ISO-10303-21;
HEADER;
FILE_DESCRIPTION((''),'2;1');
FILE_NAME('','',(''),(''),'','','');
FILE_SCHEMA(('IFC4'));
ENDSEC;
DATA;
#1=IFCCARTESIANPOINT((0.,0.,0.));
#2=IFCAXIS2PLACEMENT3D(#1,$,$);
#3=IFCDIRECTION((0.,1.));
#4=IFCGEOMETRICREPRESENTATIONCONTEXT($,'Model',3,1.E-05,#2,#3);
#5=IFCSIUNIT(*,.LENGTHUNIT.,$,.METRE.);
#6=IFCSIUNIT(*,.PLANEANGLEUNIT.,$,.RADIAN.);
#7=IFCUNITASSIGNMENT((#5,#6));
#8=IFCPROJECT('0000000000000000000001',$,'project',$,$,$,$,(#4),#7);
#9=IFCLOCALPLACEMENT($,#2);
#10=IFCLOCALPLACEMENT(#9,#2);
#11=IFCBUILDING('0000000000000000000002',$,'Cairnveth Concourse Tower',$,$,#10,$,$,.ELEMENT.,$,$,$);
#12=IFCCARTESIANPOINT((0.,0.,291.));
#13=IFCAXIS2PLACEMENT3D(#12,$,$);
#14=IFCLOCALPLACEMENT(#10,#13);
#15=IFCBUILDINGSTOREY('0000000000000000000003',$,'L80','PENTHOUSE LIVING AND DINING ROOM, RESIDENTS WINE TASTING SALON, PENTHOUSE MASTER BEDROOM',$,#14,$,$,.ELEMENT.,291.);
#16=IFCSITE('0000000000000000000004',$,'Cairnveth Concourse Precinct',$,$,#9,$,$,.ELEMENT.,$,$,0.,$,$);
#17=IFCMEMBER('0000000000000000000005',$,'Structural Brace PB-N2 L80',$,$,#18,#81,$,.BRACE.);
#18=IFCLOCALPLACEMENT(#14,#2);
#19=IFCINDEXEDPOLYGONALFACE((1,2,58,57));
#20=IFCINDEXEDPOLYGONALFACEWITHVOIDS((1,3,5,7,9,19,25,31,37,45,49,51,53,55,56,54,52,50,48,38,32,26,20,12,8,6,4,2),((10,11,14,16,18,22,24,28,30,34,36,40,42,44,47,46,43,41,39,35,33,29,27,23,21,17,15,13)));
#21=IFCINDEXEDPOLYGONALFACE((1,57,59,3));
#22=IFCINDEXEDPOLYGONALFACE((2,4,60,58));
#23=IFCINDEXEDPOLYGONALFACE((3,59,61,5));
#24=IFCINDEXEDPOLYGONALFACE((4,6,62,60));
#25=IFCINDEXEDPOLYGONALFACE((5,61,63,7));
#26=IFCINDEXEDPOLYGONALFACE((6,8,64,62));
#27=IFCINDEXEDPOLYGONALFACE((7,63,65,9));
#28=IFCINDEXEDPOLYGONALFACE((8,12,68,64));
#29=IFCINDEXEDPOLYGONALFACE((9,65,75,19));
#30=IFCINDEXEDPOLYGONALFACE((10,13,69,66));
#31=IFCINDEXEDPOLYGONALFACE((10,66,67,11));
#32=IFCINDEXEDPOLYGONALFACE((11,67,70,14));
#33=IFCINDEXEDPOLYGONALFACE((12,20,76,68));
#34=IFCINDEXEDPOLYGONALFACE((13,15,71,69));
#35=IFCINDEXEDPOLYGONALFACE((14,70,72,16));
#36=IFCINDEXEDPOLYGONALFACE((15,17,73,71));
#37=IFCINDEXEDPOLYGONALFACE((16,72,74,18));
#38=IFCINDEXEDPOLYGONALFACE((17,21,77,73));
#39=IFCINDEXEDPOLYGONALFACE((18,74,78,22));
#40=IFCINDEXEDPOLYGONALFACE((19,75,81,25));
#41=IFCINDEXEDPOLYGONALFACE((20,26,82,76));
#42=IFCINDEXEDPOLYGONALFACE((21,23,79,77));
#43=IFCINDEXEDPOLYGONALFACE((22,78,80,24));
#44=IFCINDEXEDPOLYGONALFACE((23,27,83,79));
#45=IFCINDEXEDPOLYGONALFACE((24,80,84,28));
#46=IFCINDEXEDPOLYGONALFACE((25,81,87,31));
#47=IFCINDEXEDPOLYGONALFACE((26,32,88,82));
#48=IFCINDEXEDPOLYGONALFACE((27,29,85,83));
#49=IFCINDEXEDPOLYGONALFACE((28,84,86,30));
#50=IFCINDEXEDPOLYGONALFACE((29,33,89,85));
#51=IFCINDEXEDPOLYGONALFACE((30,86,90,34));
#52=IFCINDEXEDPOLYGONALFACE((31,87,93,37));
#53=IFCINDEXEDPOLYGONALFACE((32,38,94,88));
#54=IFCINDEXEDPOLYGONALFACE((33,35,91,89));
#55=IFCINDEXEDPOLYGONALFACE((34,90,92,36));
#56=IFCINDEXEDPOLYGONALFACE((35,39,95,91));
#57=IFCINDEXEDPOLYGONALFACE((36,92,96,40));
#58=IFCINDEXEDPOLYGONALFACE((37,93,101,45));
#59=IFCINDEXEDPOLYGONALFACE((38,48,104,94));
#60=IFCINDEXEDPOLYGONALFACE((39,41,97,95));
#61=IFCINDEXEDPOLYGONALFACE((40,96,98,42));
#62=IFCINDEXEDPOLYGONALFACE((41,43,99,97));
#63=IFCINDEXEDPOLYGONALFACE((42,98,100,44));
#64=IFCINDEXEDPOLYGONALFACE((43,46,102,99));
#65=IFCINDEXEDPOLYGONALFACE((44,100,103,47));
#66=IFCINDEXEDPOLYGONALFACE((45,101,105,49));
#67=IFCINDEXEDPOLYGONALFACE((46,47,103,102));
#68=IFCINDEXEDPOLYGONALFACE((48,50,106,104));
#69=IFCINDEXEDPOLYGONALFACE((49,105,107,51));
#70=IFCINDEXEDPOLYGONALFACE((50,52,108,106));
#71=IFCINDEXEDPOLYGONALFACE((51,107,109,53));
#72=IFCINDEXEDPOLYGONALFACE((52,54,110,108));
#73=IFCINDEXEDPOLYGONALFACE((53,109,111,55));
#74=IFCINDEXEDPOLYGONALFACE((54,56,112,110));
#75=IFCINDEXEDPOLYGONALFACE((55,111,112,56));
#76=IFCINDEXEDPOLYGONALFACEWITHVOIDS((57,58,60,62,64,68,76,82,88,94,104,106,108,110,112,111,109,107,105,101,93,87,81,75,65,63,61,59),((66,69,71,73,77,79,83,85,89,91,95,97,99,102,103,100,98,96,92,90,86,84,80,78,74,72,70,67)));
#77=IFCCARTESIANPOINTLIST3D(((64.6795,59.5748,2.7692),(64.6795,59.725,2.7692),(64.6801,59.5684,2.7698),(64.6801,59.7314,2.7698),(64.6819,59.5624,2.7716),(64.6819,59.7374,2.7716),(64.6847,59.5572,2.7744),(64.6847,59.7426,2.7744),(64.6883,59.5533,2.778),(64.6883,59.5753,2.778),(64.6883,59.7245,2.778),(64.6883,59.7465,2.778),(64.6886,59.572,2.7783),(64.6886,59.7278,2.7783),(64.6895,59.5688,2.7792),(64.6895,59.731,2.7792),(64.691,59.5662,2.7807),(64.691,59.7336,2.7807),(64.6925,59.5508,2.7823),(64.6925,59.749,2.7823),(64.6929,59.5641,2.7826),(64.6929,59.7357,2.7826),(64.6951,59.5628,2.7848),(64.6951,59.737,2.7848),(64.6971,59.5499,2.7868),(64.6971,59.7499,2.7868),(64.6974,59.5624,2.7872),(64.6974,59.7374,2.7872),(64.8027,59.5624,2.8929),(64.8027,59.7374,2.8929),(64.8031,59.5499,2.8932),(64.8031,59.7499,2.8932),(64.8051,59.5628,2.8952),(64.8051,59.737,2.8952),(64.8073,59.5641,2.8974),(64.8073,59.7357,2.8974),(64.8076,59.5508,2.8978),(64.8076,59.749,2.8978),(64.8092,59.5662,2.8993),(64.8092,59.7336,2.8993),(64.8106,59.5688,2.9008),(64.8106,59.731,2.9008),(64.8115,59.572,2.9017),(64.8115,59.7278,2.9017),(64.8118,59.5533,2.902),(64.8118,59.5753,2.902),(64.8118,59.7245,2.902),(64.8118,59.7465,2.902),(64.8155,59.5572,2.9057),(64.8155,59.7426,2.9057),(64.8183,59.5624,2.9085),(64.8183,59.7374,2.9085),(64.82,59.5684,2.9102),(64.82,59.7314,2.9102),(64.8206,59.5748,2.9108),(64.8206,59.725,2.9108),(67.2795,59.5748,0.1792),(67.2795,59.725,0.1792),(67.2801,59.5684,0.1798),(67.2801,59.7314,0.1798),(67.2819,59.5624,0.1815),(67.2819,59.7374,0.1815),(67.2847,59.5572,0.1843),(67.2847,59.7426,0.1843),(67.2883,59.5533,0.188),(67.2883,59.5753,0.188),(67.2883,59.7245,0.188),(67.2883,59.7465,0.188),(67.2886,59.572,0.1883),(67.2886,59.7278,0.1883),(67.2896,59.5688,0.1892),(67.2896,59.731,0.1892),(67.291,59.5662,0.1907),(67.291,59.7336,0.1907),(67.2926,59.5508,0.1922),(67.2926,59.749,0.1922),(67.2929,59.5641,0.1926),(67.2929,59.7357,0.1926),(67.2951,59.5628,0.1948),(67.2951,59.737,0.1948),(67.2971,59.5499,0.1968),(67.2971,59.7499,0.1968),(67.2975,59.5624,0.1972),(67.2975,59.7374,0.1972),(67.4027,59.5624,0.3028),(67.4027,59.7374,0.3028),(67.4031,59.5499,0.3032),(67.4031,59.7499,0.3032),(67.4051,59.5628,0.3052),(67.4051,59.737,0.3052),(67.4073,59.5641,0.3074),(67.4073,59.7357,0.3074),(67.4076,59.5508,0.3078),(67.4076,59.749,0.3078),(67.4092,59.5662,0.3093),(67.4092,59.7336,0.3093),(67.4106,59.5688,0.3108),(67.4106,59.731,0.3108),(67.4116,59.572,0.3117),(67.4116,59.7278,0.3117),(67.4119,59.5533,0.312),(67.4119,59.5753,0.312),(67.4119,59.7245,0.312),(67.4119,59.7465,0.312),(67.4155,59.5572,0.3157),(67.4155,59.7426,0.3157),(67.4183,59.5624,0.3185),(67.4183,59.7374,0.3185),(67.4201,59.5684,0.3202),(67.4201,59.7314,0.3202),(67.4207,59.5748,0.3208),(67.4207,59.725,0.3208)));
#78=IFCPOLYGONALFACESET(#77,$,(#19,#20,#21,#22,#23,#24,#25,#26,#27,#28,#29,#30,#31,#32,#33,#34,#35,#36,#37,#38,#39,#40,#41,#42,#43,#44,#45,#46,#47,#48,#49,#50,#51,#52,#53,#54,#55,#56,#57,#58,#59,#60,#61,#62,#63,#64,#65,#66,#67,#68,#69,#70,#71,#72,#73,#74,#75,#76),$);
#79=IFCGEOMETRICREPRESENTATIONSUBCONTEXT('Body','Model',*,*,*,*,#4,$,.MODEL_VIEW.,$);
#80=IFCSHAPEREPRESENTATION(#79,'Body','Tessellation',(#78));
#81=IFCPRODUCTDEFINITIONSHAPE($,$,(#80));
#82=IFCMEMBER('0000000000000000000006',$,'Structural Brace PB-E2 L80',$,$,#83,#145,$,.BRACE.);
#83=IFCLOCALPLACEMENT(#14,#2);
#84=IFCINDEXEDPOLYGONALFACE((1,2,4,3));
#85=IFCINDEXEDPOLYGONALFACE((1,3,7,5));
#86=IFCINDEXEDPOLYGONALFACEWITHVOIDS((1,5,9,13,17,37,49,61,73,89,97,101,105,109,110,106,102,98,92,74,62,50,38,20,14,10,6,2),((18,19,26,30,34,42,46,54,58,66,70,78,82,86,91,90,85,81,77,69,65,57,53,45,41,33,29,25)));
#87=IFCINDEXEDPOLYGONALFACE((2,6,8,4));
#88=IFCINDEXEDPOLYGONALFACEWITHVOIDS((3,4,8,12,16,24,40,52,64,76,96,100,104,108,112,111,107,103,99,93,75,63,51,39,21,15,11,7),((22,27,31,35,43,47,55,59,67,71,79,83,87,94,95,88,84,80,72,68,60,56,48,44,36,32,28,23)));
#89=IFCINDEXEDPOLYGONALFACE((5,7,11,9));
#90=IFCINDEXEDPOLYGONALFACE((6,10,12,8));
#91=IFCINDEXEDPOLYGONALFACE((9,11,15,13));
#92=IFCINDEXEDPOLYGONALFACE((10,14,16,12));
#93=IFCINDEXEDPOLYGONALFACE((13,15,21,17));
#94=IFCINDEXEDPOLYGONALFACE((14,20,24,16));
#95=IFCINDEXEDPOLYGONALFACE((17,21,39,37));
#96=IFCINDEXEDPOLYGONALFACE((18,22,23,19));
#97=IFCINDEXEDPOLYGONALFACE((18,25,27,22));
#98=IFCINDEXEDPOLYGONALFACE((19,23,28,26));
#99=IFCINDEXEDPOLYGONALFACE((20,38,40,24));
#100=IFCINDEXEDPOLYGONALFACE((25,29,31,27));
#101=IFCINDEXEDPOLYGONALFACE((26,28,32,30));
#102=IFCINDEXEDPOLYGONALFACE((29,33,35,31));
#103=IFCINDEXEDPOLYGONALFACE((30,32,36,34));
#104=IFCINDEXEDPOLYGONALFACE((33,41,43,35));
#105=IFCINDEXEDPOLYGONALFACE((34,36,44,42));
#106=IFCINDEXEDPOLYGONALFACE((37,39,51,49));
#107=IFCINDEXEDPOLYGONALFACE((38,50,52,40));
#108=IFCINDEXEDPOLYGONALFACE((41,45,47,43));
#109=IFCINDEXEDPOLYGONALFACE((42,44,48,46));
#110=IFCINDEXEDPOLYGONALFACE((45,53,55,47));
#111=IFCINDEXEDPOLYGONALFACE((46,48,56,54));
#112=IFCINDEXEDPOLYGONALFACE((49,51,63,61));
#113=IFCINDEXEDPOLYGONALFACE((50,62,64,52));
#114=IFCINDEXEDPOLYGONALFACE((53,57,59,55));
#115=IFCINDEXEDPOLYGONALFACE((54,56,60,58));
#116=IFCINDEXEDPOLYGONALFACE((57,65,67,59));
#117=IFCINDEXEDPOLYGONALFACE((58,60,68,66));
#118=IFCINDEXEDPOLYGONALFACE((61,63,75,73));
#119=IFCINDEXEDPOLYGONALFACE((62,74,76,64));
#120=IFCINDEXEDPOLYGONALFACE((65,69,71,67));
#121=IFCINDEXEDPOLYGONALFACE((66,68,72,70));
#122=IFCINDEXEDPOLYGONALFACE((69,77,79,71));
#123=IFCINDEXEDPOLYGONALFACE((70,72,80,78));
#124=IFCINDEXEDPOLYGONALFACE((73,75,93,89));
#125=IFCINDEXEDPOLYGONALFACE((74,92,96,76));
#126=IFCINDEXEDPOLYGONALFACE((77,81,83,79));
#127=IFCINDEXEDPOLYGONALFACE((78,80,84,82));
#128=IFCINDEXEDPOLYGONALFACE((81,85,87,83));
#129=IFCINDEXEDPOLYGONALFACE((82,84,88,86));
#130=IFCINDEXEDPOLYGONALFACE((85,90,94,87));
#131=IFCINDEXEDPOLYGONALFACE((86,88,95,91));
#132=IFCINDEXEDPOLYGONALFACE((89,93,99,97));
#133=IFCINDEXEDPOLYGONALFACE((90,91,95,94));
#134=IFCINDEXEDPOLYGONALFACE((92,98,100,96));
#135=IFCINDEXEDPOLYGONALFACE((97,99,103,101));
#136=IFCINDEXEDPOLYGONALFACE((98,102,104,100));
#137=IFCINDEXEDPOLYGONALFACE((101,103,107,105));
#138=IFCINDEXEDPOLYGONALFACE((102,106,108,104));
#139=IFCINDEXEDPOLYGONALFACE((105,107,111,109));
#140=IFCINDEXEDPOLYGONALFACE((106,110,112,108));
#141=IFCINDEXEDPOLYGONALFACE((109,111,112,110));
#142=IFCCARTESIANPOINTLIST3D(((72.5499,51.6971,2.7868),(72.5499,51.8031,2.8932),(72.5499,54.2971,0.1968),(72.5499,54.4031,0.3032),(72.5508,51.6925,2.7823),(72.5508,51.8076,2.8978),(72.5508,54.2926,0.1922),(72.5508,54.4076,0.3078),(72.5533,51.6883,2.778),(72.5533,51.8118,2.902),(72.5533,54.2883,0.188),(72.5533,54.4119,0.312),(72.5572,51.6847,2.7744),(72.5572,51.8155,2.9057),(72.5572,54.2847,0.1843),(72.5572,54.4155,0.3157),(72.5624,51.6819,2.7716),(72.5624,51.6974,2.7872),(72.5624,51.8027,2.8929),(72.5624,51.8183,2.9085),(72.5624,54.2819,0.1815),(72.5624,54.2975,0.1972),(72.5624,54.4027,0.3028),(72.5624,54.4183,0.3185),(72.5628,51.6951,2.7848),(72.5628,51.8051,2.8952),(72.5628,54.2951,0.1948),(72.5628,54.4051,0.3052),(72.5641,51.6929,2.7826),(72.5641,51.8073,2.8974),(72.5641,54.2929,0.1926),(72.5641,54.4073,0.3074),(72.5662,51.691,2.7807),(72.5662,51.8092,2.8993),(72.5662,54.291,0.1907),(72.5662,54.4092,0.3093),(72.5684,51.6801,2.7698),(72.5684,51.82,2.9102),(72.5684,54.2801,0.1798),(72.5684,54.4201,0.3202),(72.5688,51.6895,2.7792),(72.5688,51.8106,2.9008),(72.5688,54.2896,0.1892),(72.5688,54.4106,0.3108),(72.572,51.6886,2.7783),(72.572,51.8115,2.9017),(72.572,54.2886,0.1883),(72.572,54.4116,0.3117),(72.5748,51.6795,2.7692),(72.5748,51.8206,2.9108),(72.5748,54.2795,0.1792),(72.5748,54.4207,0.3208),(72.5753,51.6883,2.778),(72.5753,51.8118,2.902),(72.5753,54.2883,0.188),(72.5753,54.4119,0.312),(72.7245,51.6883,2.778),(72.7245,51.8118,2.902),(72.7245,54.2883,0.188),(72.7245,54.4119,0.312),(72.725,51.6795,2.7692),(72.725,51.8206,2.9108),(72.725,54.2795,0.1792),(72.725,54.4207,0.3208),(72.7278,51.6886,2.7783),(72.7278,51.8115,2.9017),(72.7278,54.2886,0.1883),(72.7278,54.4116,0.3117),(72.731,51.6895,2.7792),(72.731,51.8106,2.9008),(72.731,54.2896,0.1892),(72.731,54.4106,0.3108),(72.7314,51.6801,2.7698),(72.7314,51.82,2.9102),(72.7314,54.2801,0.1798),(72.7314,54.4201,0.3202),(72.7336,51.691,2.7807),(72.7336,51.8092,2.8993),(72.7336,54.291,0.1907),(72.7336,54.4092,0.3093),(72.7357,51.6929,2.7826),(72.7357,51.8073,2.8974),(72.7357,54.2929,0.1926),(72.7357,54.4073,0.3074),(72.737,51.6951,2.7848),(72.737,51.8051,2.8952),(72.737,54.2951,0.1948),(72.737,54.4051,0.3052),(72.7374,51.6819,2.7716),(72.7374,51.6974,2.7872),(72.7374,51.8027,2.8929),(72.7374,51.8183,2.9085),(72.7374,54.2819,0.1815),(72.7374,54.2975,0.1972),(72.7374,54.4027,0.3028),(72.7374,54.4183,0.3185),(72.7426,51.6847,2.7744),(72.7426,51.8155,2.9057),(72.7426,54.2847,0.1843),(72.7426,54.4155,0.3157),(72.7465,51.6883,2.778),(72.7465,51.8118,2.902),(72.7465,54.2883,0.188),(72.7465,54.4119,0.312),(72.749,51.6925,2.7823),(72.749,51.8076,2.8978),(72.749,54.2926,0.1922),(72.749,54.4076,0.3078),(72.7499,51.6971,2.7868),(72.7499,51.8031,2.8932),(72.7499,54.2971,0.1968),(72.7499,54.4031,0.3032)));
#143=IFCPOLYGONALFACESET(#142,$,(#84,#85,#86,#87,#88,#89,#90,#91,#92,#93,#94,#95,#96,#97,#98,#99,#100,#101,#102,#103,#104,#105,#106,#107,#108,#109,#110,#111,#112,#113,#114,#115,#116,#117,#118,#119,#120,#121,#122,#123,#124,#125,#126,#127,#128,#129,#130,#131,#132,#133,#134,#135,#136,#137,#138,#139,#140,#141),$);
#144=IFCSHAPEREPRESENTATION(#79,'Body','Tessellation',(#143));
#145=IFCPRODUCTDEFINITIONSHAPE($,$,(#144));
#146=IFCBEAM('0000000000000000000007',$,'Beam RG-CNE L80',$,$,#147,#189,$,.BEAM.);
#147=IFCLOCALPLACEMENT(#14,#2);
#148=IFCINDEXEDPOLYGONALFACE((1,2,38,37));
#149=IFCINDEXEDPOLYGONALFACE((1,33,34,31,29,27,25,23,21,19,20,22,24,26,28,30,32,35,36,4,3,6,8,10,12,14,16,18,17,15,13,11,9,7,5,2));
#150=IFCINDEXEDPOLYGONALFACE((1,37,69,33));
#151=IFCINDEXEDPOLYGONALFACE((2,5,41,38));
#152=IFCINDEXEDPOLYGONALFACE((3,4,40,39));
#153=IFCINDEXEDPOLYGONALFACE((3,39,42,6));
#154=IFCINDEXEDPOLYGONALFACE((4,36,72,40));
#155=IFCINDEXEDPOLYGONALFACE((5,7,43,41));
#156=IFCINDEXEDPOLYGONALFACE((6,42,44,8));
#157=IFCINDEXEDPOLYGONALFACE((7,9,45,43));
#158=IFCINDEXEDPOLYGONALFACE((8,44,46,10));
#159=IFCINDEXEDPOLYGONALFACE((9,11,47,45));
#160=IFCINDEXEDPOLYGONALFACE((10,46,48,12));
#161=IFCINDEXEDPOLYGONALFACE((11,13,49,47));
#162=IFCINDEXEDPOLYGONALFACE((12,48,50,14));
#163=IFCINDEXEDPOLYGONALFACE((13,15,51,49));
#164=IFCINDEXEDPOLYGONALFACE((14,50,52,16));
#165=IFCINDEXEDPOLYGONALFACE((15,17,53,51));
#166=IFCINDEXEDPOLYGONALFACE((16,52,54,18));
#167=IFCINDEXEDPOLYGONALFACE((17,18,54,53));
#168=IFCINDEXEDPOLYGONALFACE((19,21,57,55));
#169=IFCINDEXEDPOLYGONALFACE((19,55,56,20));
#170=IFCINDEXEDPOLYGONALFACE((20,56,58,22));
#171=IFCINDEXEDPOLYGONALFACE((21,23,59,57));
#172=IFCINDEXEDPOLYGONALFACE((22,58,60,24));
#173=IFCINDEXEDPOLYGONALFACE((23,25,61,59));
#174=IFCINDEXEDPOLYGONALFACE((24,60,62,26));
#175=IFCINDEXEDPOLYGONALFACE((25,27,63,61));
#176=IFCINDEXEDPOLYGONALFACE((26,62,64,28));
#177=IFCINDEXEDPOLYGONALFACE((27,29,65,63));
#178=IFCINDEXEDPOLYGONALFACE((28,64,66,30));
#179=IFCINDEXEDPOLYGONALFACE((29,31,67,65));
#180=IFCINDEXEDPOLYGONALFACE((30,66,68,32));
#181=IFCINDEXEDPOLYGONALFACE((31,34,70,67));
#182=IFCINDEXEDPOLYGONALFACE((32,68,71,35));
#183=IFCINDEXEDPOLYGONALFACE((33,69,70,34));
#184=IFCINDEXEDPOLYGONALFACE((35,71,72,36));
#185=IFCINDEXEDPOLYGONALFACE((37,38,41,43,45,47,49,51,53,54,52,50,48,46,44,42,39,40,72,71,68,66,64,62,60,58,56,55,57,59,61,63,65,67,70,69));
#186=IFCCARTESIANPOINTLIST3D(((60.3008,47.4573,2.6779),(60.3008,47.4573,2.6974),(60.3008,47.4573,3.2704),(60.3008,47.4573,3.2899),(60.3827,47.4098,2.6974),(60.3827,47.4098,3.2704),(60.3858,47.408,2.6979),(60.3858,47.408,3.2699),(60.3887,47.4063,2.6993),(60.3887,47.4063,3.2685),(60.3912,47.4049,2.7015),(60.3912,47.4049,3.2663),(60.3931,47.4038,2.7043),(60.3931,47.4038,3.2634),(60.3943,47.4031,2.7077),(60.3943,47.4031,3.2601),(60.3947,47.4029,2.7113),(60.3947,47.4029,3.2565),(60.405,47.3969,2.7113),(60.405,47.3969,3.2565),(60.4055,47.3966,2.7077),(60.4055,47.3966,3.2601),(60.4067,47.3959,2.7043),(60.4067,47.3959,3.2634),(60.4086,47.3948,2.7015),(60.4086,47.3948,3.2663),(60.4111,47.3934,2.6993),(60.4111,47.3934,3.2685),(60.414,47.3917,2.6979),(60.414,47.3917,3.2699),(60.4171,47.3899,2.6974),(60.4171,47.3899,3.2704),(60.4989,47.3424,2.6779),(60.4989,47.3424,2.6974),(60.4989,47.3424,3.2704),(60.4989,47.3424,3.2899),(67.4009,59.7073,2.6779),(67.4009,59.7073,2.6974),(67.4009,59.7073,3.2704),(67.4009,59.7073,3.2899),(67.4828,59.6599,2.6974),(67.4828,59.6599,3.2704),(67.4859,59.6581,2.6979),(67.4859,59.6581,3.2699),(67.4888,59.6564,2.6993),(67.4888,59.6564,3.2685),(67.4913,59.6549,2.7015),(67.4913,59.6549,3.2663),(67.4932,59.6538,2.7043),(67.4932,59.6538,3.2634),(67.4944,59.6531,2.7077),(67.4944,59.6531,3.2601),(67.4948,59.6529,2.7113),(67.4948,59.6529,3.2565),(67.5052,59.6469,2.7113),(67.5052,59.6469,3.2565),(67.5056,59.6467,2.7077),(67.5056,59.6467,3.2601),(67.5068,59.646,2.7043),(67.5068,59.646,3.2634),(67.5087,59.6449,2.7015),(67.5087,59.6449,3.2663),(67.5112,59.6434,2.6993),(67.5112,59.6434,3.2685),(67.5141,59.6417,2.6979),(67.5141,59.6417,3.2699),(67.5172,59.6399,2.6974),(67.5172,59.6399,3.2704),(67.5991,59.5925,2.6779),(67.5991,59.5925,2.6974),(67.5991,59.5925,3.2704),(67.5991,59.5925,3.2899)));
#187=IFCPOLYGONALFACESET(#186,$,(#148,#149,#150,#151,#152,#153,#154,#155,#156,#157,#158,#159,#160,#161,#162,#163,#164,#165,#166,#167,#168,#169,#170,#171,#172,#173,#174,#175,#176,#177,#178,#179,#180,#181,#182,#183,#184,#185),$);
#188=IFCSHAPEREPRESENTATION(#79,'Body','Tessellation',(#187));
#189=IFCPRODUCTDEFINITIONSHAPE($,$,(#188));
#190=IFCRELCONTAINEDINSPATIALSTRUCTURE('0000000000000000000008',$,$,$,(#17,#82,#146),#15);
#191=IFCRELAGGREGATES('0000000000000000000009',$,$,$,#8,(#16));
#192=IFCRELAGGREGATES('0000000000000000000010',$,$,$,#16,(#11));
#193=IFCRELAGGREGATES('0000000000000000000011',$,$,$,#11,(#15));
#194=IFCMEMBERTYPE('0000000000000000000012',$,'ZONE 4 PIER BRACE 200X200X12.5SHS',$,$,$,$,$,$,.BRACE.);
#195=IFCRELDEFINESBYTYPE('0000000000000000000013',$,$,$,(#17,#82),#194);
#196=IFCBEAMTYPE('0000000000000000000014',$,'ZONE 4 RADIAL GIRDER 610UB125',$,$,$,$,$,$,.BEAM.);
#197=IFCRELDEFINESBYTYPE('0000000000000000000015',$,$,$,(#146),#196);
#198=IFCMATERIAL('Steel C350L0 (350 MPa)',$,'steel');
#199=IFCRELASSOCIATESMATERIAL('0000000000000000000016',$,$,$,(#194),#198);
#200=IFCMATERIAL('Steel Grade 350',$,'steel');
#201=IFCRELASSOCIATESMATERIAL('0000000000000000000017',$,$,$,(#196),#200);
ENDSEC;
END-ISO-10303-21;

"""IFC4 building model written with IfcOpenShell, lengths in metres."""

from ifc_helpers import new_model, si_unit, direction, frame, origin, origin_2d, place, context, subcontext, project, spatial, hollow_rectangle, i_section, extrude, material, material_profile, profile_set, type_object, element, save


model = new_model("IFC4")

# Units and contexts
model_context = context("Model", 3, precision=1e-05, world=origin(), true_north=direction((0.0, 1.0)))
body_context = subcontext(model_context, "Body", "Model", "MODEL_VIEW")
ifc_project = project(units=[si_unit("LENGTHUNIT", "METRE"), si_unit("PLANEANGLEUNIT", "RADIAN")], contexts=[model_context])

# Site, building, storey
site_placement = place(None, origin())
site = spatial("IfcSite", under=ifc_project, at=site_placement, Name="Cairnveth Concourse Precinct", CompositionType="ELEMENT", RefElevation=0.0)
building_placement = place(site_placement, origin())
building = spatial("IfcBuilding", under=site, at=building_placement, Name="Cairnveth Concourse Tower", CompositionType="ELEMENT")
storey_placement = place(building_placement, frame((0.0, 0.0, 291.0)))
storey = spatial("IfcBuildingStorey", under=building, at=storey_placement, Name="L80", Description="PENTHOUSE LIVING AND DINING ROOM, RESIDENTS WINE TASTING SALON, PENTHOUSE MASTER BEDROOM", CompositionType="ELEMENT", Elevation=291.0)

# Shared definitions
ifc_material_1 = material(Name="Steel Grade 350", Category="steel")

# Members
ifc_material_2 = material(Name="Steel C350L0 (350 MPa)", Category="steel")
ifc_material_profile_1 = material_profile(ifc_material_2, hollow_rectangle(XDim=0.2, YDim=0.2, WallThickness=0.0125, InnerFilletRadius=0.0129, OuterFilletRadius=0.0249, at=origin_2d()), Name="200x200x12.5SHS")
ifc_profile_set_1 = profile_set([ifc_material_profile_1], Name="Steel C350L0 (350 MPa)")
member_type = type_object("IfcMemberType", Name="ZONE 4 PIER BRACE 200X200X12.5SHS", PredefinedType="BRACE", material=ifc_profile_set_1)
for number, where, z_axis, x_axis, name in (
    (1, (67.3501, 59.6499, 0.25), (-0.708469, 0.0, 0.705742), (0.0, -1.0, 0.0), "Structural Brace PB-N2 L80"),
    (2, (72.6499, 54.3501, 0.25), (0.0, -0.708469, 0.705742), (1.0, 0.0, 0.0), "Structural Brace PB-E2 L80"),
):
    element("IfcMember", number, at=place(storey_placement, frame(where, z_axis=z_axis, x_axis=x_axis)), inside=storey, type_object=member_type, Name=name, PredefinedType="BRACE", context=body_context, shape_type="SweptSolid", body=[
        extrude(hollow_rectangle(XDim=0.2, YDim=0.2, WallThickness=0.0125, InnerFilletRadius=0.0129, OuterFilletRadius=0.0249, at=origin_2d()), origin(), (0.0, 0.0, 1.0), 3.6699),
    ])

# Beam
ifc_material_profile_2 = material_profile(ifc_material_1, i_section(OverallWidth=0.229, OverallDepth=0.6121, WebThickness=0.012, FlangeThickness=0.0195, FilletRadius=0.0139, at=origin_2d()), Name="610UB125")
ifc_profile_set_2 = profile_set([ifc_material_profile_2], Name="Steel Grade 350")
beam_type_1 = type_object("IfcBeamType", Name="ZONE 4 RADIAL GIRDER 610UB125", PredefinedType="BEAM", material=ifc_profile_set_2)
beam_1_placement = place(storey_placement, frame((67.5, 59.6499, 2.9839), z_axis=(-0.501459, -0.865181, 0.0), x_axis=(0.865181, -0.501459, 0.0)))
element("IfcBeam", 3, at=beam_1_placement, inside=storey, type_object=beam_type_1, Name="Beam RG-CNE L80", PredefinedType="BEAM", context=body_context, shape_type="SweptSolid", body=[
    extrude(i_section(OverallWidth=0.229, OverallDepth=0.6121, WebThickness=0.012, FlangeThickness=0.0195, FilletRadius=0.0139, at=origin_2d()), origin(), (0.0, 0.0, 1.0), 14.1589),
])

save(model, "model.ifc")
